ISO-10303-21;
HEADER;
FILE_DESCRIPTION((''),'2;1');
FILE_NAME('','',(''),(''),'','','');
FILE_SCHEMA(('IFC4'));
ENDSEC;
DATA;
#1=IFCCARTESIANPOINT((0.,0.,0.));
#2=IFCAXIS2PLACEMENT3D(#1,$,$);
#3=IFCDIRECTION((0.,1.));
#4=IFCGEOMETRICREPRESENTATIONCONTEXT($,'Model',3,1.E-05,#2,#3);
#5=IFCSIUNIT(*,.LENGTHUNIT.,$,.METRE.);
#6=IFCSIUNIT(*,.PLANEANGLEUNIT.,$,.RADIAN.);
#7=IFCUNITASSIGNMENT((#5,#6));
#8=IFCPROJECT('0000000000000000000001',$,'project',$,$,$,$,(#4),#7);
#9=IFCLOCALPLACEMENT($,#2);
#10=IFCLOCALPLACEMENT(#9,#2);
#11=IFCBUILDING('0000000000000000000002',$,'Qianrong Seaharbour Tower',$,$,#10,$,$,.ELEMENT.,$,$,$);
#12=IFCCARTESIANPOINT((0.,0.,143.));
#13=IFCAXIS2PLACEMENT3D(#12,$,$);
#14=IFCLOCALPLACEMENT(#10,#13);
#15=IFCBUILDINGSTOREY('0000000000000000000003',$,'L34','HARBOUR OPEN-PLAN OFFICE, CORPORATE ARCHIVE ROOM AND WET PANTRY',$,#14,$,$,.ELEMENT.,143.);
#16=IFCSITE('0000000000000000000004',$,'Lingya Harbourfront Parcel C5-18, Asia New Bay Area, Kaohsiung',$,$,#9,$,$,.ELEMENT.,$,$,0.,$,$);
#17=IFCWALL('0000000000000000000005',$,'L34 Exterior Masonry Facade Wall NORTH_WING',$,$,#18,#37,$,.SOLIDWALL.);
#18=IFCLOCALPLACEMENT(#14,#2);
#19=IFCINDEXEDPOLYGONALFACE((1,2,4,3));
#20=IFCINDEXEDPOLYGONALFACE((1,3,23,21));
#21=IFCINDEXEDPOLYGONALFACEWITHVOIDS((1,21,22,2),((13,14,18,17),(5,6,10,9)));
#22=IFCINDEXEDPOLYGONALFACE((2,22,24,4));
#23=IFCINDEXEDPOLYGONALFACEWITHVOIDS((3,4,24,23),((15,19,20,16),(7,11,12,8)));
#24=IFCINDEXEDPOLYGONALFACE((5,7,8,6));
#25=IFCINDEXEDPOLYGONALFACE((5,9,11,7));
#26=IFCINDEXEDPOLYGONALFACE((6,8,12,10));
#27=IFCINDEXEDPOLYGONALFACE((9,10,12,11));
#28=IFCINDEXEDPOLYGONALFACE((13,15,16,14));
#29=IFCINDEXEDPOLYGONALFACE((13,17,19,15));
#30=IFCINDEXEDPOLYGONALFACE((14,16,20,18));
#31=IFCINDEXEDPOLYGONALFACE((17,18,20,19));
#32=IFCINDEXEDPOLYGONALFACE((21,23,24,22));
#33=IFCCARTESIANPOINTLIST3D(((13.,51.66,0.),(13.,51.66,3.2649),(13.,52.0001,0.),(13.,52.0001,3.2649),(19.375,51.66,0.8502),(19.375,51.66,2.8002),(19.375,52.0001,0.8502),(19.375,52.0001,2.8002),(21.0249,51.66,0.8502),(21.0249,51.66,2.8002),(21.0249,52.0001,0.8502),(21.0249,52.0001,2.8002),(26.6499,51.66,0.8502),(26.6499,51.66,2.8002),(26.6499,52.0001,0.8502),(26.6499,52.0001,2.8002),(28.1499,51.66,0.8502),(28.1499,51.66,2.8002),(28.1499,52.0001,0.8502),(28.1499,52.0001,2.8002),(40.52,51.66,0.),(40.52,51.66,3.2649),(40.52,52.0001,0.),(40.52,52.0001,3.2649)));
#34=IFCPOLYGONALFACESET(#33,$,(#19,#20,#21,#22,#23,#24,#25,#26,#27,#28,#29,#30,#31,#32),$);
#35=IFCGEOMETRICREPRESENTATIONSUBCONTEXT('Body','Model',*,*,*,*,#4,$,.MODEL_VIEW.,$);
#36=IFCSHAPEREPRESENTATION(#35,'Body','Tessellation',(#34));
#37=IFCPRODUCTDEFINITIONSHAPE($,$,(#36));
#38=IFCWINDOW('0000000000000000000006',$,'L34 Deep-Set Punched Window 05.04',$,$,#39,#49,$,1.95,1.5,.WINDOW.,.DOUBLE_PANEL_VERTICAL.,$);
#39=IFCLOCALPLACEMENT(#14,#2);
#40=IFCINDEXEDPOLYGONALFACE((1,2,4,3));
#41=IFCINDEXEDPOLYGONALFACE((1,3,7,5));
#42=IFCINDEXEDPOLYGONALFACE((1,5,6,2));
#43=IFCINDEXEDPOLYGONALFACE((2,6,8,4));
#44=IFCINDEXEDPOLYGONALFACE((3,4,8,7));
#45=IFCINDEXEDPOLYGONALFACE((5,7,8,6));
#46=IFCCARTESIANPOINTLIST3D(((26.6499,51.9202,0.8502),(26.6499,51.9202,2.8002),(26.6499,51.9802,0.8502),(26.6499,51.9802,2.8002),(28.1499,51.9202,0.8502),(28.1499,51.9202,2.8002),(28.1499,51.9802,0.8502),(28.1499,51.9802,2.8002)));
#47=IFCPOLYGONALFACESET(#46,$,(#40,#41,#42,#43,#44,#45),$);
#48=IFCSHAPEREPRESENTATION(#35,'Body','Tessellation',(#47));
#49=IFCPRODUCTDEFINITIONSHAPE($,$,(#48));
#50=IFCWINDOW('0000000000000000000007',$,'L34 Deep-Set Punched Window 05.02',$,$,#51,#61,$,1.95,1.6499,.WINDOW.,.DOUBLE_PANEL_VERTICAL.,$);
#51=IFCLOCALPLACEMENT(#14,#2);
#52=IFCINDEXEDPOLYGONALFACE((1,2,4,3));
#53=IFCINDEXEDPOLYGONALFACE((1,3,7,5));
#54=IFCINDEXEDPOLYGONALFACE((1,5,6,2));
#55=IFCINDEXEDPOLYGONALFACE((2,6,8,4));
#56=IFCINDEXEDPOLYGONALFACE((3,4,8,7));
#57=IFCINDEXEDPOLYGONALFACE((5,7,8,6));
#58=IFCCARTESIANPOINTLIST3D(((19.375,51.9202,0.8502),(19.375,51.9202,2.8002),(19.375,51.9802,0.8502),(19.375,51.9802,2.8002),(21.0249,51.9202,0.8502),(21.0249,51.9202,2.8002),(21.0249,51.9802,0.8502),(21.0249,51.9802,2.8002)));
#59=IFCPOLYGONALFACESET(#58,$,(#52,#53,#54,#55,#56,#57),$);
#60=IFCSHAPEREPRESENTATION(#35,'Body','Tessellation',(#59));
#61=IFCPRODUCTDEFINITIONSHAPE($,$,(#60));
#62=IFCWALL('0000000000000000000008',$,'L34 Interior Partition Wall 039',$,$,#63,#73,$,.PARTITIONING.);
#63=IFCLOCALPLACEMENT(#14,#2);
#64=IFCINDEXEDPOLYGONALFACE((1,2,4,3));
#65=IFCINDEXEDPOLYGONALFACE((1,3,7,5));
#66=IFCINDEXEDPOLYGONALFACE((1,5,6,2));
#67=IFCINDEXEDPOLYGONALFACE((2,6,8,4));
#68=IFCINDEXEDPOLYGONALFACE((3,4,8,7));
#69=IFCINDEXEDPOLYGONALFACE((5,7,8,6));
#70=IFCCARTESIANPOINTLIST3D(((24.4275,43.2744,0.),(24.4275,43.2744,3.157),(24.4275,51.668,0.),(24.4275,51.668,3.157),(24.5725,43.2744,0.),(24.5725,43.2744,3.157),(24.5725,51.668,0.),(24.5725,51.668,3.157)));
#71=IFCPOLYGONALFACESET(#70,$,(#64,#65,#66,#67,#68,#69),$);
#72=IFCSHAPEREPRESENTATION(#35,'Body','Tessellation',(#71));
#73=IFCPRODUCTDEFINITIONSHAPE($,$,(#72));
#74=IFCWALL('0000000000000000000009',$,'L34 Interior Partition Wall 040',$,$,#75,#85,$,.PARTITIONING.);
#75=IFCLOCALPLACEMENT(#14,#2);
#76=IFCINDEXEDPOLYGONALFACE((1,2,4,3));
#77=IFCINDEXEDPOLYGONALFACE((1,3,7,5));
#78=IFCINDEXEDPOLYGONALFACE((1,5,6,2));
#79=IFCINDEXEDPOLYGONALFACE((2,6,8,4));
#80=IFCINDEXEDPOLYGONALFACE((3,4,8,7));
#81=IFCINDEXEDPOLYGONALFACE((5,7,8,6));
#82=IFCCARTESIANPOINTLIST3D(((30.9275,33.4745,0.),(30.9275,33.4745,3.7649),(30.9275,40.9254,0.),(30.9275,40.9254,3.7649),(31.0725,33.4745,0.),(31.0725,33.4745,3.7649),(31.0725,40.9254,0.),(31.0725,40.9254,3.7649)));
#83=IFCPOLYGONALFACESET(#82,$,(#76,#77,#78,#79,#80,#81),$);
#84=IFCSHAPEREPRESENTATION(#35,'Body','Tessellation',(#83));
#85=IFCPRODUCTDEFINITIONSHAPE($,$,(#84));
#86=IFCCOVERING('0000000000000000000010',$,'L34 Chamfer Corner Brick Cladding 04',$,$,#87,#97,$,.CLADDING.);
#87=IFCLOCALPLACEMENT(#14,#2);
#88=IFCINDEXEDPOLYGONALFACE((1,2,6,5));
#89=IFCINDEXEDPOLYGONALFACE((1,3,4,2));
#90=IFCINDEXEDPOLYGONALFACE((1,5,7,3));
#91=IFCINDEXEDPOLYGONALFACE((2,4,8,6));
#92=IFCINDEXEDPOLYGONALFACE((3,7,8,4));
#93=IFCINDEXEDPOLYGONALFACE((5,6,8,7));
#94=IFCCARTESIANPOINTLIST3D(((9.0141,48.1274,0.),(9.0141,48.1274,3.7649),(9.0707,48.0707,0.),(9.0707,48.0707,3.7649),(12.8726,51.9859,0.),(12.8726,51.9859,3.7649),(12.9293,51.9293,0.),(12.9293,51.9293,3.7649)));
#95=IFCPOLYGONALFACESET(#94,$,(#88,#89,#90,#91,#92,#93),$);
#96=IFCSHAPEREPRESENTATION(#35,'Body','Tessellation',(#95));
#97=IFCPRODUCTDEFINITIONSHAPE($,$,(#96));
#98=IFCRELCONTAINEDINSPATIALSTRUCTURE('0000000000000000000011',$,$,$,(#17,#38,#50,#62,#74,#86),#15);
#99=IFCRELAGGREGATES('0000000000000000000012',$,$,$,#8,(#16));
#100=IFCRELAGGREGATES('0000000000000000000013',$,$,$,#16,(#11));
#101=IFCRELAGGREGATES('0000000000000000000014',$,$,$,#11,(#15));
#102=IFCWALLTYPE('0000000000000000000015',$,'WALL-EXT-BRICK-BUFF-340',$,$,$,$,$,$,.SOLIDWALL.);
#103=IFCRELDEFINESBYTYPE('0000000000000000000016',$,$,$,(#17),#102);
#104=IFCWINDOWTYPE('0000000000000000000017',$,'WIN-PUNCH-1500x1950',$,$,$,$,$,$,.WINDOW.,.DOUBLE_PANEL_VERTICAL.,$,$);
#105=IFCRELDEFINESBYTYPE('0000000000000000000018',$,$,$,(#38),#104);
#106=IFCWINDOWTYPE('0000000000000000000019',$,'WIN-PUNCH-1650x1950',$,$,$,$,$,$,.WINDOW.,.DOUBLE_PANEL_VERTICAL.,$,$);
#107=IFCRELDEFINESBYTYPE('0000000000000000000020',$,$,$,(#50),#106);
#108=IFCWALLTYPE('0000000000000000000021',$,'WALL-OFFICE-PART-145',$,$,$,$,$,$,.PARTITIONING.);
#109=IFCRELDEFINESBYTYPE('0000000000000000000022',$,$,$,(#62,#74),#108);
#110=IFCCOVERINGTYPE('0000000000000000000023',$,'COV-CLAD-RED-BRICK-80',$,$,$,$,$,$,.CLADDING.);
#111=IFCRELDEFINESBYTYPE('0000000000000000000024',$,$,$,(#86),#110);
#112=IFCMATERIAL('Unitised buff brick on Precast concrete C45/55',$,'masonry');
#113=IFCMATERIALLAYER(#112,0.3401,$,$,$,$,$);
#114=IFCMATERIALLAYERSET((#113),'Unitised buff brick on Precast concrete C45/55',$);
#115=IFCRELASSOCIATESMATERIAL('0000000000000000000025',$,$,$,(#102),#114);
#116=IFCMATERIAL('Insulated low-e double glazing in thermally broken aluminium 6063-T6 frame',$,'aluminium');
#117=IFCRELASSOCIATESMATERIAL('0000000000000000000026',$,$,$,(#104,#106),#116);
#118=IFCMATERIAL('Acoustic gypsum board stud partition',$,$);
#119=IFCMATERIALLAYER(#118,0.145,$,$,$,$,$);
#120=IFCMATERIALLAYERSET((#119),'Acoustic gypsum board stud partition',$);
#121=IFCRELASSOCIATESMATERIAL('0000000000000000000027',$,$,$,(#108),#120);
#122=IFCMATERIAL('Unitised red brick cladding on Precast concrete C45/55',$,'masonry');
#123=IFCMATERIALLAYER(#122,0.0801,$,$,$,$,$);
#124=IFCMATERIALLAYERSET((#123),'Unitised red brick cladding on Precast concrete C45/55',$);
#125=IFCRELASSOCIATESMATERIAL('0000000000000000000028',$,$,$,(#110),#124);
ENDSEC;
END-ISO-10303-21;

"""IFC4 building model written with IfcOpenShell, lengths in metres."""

from ifc_helpers import new_model, si_unit, direction, frame, frame_2d, origin, origin_2d, place, context, subcontext, project, spatial, rectangle, extrude, material, layer, layer_set, type_object, element, fill, save


model = new_model("IFC4")

# Units and contexts
model_context = context("Model", 3, precision=1e-05, world=origin(), true_north=direction((0.0, 1.0)))
body_context = subcontext(model_context, "Body", "Model", "MODEL_VIEW")
ifc_project = project(units=[si_unit("LENGTHUNIT", "METRE"), si_unit("PLANEANGLEUNIT", "RADIAN")], contexts=[model_context])

# Site, building, storey
site_placement = place(None, origin())
site = spatial("IfcSite", under=ifc_project, at=site_placement, Name="Lingya Harbourfront Parcel C5-18, Asia New Bay Area, Kaohsiung", CompositionType="ELEMENT", RefElevation=0.0)
building_placement = place(site_placement, origin())
building = spatial("IfcBuilding", under=site, at=building_placement, Name="Qianrong Seaharbour Tower", CompositionType="ELEMENT")
storey_placement = place(building_placement, frame((0.0, 0.0, 143.0)))
storey = spatial("IfcBuildingStorey", under=building, at=storey_placement, Name="L34", Description="HARBOUR OPEN-PLAN OFFICE, CORPORATE ARCHIVE ROOM AND WET PANTRY", CompositionType="ELEMENT", Elevation=143.0)

# Shared definitions
ifc_material_1 = material(Name="Unitised buff brick on Precast concrete C45/55", Category="masonry")
ifc_layer_1 = layer(ifc_material_1, 0.3401)
ifc_layer_set_1 = layer_set([ifc_layer_1], Name="Unitised buff brick on Precast concrete C45/55")
wall_type_1 = type_object("IfcWallType", Name="WALL-EXT-BRICK-BUFF-340", PredefinedType="SOLIDWALL", material=ifc_layer_set_1)

# Wall, openings, windows
wall_1_placement = place(storey_placement, frame((13.0, 51.8301, 0.0), z_axis=(0.0, 0.0, 1.0), x_axis=(1.0, 0.0, 0.0)))
wall_1 = element("IfcWall", 1, at=wall_1_placement, inside=storey, type_object=wall_type_1, Name="L34 Exterior Masonry Facade Wall NORTH_WING", PredefinedType="SOLIDWALL", context=body_context, shape_type="SweptSolid", body=[
    extrude(rectangle(XDim=27.52, YDim=0.3401, at=frame_2d((13.76, 0.0))), origin(), (0.0, 0.0, 1.0), 3.2649),
])
opening_1_placement = place(wall_1_placement, frame((6.375, 0.0, 0.8501)))
opening_1 = element("IfcOpeningElement", 2, at=opening_1_placement, cuts=wall_1, PredefinedType="OPENING", context=body_context, shape_type="SweptSolid", body=[
    extrude(rectangle(XDim=1.6499, YDim=1.95, at=frame_2d((0.825, 0.9751))), frame((0.0, 0.1802, 0.0), z_axis=(0.0, -1.0, 0.0), x_axis=(1.0, 0.0, 0.0)), (0.0, 0.0, 1.0), 0.3601),
])
opening_2_placement = place(wall_1_placement, frame((13.6499, 0.0, 0.8501)))
opening_2 = element("IfcOpeningElement", 3, at=opening_2_placement, cuts=wall_1, PredefinedType="OPENING", context=body_context, shape_type="SweptSolid", body=[
    extrude(rectangle(XDim=1.5, YDim=1.95, at=frame_2d((0.75, 0.9751))), frame((0.0, 0.1802, 0.0), z_axis=(0.0, -1.0, 0.0), x_axis=(1.0, 0.0, 0.0)), (0.0, 0.0, 1.0), 0.3601),
])
ifc_material_2 = material(Name="Insulated low-e double glazing in thermally broken aluminium 6063-T6 frame", Category="aluminium")
window_type_1 = type_object("IfcWindowType", Name="WIN-PUNCH-1500x1950", PartitioningType="DOUBLE_PANEL_VERTICAL", PredefinedType="WINDOW", material=ifc_material_2)
window_1_placement = place(opening_2_placement, origin())
window_1 = element("IfcWindow", 4, at=window_1_placement, inside=storey, type_object=window_type_1, Name="L34 Deep-Set Punched Window 05.04", OverallHeight=1.95, OverallWidth=1.5, PartitioningType="DOUBLE_PANEL_VERTICAL", PredefinedType="WINDOW", context=body_context, shape_type="SweptSolid", body=[
    extrude(rectangle(XDim=1.5, YDim=1.95, at=frame_2d((0.75, 0.9751))), frame((0.0, 0.1501, 0.0), z_axis=(0.0, -1.0, 0.0), x_axis=(1.0, 0.0, 0.0)), (0.0, 0.0, 1.0), 0.0601),
])
fill(opening_2, window_1)
window_type_2 = type_object("IfcWindowType", Name="WIN-PUNCH-1650x1950", PartitioningType="DOUBLE_PANEL_VERTICAL", PredefinedType="WINDOW", material=ifc_material_2)
window_2_placement = place(opening_1_placement, origin())
window_2 = element("IfcWindow", 5, at=window_2_placement, inside=storey, type_object=window_type_2, Name="L34 Deep-Set Punched Window 05.02", OverallHeight=1.95, OverallWidth=1.6499, PartitioningType="DOUBLE_PANEL_VERTICAL", PredefinedType="WINDOW", context=body_context, shape_type="SweptSolid", body=[
    extrude(rectangle(XDim=1.6499, YDim=1.95, at=frame_2d((0.825, 0.9751))), frame((0.0, 0.1501, 0.0), z_axis=(0.0, -1.0, 0.0), x_axis=(1.0, 0.0, 0.0)), (0.0, 0.0, 1.0), 0.0601),
])
fill(opening_1, window_2)

# Walls
ifc_material_3 = material(Name="Acoustic gypsum board stud partition")
ifc_layer_2 = layer(ifc_material_3, 0.145)
ifc_layer_set_2 = layer_set([ifc_layer_2], Name="Acoustic gypsum board stud partition")
wall_type_2 = type_object("IfcWallType", Name="WALL-OFFICE-PART-145", PredefinedType="PARTITIONING", material=ifc_layer_set_2)
wall_2_placement = place(storey_placement, frame((24.5, 51.668, 0.0), z_axis=(0.0, 0.0, 1.0), x_axis=(0.0, -1.0, 0.0)))
element("IfcWall", 6, at=wall_2_placement, inside=storey, type_object=wall_type_2, Name="L34 Interior Partition Wall 039", PredefinedType="PARTITIONING", context=body_context, shape_type="SweptSolid", body=[
    extrude(rectangle(XDim=8.3936, YDim=0.145, at=frame_2d((4.1968, 0.0))), origin(), (0.0, 0.0, 1.0), 3.157),
])
wall_3_placement = place(storey_placement, frame((31.0, 40.9255, 0.0), z_axis=(0.0, 0.0, 1.0), x_axis=(0.0, -1.0, 0.0)))
element("IfcWall", 7, at=wall_3_placement, inside=storey, type_object=wall_type_2, Name="L34 Interior Partition Wall 040", PredefinedType="PARTITIONING", context=body_context, shape_type="SweptSolid", body=[
    extrude(rectangle(XDim=7.4509, YDim=0.145, at=frame_2d((3.7256, 0.0))), origin(), (0.0, 0.0, 1.0), 3.7649),
])

# Covering
ifc_material_4 = material(Name="Unitised red brick cladding on Precast concrete C45/55", Category="masonry")
ifc_layer_3 = layer(ifc_material_4, 0.0801)
ifc_layer_set_3 = layer_set([ifc_layer_3], Name="Unitised red brick cladding on Precast concrete C45/55")
covering_type = type_object("IfcCoveringType", Name="COV-CLAD-RED-BRICK-80", PredefinedType="CLADDING", material=ifc_layer_set_3)
covering_placement = place(storey_placement, frame((10.9717, 50.0283, 0.0), z_axis=(0.0, 0.0, 1.0), x_axis=(0.707107, 0.707107, 0.0)))
element("IfcCovering", 8, at=covering_placement, inside=storey, type_object=covering_type, Name="L34 Chamfer Corner Brick Cladding 04", PredefinedType="CLADDING", context=body_context, shape_type="SweptSolid", body=[
    extrude(rectangle(XDim=5.4568, YDim=0.0801, at=origin_2d()), origin(), (0.0, 0.0, 1.0), 3.7649),
])

save(model, "model.ifc")
